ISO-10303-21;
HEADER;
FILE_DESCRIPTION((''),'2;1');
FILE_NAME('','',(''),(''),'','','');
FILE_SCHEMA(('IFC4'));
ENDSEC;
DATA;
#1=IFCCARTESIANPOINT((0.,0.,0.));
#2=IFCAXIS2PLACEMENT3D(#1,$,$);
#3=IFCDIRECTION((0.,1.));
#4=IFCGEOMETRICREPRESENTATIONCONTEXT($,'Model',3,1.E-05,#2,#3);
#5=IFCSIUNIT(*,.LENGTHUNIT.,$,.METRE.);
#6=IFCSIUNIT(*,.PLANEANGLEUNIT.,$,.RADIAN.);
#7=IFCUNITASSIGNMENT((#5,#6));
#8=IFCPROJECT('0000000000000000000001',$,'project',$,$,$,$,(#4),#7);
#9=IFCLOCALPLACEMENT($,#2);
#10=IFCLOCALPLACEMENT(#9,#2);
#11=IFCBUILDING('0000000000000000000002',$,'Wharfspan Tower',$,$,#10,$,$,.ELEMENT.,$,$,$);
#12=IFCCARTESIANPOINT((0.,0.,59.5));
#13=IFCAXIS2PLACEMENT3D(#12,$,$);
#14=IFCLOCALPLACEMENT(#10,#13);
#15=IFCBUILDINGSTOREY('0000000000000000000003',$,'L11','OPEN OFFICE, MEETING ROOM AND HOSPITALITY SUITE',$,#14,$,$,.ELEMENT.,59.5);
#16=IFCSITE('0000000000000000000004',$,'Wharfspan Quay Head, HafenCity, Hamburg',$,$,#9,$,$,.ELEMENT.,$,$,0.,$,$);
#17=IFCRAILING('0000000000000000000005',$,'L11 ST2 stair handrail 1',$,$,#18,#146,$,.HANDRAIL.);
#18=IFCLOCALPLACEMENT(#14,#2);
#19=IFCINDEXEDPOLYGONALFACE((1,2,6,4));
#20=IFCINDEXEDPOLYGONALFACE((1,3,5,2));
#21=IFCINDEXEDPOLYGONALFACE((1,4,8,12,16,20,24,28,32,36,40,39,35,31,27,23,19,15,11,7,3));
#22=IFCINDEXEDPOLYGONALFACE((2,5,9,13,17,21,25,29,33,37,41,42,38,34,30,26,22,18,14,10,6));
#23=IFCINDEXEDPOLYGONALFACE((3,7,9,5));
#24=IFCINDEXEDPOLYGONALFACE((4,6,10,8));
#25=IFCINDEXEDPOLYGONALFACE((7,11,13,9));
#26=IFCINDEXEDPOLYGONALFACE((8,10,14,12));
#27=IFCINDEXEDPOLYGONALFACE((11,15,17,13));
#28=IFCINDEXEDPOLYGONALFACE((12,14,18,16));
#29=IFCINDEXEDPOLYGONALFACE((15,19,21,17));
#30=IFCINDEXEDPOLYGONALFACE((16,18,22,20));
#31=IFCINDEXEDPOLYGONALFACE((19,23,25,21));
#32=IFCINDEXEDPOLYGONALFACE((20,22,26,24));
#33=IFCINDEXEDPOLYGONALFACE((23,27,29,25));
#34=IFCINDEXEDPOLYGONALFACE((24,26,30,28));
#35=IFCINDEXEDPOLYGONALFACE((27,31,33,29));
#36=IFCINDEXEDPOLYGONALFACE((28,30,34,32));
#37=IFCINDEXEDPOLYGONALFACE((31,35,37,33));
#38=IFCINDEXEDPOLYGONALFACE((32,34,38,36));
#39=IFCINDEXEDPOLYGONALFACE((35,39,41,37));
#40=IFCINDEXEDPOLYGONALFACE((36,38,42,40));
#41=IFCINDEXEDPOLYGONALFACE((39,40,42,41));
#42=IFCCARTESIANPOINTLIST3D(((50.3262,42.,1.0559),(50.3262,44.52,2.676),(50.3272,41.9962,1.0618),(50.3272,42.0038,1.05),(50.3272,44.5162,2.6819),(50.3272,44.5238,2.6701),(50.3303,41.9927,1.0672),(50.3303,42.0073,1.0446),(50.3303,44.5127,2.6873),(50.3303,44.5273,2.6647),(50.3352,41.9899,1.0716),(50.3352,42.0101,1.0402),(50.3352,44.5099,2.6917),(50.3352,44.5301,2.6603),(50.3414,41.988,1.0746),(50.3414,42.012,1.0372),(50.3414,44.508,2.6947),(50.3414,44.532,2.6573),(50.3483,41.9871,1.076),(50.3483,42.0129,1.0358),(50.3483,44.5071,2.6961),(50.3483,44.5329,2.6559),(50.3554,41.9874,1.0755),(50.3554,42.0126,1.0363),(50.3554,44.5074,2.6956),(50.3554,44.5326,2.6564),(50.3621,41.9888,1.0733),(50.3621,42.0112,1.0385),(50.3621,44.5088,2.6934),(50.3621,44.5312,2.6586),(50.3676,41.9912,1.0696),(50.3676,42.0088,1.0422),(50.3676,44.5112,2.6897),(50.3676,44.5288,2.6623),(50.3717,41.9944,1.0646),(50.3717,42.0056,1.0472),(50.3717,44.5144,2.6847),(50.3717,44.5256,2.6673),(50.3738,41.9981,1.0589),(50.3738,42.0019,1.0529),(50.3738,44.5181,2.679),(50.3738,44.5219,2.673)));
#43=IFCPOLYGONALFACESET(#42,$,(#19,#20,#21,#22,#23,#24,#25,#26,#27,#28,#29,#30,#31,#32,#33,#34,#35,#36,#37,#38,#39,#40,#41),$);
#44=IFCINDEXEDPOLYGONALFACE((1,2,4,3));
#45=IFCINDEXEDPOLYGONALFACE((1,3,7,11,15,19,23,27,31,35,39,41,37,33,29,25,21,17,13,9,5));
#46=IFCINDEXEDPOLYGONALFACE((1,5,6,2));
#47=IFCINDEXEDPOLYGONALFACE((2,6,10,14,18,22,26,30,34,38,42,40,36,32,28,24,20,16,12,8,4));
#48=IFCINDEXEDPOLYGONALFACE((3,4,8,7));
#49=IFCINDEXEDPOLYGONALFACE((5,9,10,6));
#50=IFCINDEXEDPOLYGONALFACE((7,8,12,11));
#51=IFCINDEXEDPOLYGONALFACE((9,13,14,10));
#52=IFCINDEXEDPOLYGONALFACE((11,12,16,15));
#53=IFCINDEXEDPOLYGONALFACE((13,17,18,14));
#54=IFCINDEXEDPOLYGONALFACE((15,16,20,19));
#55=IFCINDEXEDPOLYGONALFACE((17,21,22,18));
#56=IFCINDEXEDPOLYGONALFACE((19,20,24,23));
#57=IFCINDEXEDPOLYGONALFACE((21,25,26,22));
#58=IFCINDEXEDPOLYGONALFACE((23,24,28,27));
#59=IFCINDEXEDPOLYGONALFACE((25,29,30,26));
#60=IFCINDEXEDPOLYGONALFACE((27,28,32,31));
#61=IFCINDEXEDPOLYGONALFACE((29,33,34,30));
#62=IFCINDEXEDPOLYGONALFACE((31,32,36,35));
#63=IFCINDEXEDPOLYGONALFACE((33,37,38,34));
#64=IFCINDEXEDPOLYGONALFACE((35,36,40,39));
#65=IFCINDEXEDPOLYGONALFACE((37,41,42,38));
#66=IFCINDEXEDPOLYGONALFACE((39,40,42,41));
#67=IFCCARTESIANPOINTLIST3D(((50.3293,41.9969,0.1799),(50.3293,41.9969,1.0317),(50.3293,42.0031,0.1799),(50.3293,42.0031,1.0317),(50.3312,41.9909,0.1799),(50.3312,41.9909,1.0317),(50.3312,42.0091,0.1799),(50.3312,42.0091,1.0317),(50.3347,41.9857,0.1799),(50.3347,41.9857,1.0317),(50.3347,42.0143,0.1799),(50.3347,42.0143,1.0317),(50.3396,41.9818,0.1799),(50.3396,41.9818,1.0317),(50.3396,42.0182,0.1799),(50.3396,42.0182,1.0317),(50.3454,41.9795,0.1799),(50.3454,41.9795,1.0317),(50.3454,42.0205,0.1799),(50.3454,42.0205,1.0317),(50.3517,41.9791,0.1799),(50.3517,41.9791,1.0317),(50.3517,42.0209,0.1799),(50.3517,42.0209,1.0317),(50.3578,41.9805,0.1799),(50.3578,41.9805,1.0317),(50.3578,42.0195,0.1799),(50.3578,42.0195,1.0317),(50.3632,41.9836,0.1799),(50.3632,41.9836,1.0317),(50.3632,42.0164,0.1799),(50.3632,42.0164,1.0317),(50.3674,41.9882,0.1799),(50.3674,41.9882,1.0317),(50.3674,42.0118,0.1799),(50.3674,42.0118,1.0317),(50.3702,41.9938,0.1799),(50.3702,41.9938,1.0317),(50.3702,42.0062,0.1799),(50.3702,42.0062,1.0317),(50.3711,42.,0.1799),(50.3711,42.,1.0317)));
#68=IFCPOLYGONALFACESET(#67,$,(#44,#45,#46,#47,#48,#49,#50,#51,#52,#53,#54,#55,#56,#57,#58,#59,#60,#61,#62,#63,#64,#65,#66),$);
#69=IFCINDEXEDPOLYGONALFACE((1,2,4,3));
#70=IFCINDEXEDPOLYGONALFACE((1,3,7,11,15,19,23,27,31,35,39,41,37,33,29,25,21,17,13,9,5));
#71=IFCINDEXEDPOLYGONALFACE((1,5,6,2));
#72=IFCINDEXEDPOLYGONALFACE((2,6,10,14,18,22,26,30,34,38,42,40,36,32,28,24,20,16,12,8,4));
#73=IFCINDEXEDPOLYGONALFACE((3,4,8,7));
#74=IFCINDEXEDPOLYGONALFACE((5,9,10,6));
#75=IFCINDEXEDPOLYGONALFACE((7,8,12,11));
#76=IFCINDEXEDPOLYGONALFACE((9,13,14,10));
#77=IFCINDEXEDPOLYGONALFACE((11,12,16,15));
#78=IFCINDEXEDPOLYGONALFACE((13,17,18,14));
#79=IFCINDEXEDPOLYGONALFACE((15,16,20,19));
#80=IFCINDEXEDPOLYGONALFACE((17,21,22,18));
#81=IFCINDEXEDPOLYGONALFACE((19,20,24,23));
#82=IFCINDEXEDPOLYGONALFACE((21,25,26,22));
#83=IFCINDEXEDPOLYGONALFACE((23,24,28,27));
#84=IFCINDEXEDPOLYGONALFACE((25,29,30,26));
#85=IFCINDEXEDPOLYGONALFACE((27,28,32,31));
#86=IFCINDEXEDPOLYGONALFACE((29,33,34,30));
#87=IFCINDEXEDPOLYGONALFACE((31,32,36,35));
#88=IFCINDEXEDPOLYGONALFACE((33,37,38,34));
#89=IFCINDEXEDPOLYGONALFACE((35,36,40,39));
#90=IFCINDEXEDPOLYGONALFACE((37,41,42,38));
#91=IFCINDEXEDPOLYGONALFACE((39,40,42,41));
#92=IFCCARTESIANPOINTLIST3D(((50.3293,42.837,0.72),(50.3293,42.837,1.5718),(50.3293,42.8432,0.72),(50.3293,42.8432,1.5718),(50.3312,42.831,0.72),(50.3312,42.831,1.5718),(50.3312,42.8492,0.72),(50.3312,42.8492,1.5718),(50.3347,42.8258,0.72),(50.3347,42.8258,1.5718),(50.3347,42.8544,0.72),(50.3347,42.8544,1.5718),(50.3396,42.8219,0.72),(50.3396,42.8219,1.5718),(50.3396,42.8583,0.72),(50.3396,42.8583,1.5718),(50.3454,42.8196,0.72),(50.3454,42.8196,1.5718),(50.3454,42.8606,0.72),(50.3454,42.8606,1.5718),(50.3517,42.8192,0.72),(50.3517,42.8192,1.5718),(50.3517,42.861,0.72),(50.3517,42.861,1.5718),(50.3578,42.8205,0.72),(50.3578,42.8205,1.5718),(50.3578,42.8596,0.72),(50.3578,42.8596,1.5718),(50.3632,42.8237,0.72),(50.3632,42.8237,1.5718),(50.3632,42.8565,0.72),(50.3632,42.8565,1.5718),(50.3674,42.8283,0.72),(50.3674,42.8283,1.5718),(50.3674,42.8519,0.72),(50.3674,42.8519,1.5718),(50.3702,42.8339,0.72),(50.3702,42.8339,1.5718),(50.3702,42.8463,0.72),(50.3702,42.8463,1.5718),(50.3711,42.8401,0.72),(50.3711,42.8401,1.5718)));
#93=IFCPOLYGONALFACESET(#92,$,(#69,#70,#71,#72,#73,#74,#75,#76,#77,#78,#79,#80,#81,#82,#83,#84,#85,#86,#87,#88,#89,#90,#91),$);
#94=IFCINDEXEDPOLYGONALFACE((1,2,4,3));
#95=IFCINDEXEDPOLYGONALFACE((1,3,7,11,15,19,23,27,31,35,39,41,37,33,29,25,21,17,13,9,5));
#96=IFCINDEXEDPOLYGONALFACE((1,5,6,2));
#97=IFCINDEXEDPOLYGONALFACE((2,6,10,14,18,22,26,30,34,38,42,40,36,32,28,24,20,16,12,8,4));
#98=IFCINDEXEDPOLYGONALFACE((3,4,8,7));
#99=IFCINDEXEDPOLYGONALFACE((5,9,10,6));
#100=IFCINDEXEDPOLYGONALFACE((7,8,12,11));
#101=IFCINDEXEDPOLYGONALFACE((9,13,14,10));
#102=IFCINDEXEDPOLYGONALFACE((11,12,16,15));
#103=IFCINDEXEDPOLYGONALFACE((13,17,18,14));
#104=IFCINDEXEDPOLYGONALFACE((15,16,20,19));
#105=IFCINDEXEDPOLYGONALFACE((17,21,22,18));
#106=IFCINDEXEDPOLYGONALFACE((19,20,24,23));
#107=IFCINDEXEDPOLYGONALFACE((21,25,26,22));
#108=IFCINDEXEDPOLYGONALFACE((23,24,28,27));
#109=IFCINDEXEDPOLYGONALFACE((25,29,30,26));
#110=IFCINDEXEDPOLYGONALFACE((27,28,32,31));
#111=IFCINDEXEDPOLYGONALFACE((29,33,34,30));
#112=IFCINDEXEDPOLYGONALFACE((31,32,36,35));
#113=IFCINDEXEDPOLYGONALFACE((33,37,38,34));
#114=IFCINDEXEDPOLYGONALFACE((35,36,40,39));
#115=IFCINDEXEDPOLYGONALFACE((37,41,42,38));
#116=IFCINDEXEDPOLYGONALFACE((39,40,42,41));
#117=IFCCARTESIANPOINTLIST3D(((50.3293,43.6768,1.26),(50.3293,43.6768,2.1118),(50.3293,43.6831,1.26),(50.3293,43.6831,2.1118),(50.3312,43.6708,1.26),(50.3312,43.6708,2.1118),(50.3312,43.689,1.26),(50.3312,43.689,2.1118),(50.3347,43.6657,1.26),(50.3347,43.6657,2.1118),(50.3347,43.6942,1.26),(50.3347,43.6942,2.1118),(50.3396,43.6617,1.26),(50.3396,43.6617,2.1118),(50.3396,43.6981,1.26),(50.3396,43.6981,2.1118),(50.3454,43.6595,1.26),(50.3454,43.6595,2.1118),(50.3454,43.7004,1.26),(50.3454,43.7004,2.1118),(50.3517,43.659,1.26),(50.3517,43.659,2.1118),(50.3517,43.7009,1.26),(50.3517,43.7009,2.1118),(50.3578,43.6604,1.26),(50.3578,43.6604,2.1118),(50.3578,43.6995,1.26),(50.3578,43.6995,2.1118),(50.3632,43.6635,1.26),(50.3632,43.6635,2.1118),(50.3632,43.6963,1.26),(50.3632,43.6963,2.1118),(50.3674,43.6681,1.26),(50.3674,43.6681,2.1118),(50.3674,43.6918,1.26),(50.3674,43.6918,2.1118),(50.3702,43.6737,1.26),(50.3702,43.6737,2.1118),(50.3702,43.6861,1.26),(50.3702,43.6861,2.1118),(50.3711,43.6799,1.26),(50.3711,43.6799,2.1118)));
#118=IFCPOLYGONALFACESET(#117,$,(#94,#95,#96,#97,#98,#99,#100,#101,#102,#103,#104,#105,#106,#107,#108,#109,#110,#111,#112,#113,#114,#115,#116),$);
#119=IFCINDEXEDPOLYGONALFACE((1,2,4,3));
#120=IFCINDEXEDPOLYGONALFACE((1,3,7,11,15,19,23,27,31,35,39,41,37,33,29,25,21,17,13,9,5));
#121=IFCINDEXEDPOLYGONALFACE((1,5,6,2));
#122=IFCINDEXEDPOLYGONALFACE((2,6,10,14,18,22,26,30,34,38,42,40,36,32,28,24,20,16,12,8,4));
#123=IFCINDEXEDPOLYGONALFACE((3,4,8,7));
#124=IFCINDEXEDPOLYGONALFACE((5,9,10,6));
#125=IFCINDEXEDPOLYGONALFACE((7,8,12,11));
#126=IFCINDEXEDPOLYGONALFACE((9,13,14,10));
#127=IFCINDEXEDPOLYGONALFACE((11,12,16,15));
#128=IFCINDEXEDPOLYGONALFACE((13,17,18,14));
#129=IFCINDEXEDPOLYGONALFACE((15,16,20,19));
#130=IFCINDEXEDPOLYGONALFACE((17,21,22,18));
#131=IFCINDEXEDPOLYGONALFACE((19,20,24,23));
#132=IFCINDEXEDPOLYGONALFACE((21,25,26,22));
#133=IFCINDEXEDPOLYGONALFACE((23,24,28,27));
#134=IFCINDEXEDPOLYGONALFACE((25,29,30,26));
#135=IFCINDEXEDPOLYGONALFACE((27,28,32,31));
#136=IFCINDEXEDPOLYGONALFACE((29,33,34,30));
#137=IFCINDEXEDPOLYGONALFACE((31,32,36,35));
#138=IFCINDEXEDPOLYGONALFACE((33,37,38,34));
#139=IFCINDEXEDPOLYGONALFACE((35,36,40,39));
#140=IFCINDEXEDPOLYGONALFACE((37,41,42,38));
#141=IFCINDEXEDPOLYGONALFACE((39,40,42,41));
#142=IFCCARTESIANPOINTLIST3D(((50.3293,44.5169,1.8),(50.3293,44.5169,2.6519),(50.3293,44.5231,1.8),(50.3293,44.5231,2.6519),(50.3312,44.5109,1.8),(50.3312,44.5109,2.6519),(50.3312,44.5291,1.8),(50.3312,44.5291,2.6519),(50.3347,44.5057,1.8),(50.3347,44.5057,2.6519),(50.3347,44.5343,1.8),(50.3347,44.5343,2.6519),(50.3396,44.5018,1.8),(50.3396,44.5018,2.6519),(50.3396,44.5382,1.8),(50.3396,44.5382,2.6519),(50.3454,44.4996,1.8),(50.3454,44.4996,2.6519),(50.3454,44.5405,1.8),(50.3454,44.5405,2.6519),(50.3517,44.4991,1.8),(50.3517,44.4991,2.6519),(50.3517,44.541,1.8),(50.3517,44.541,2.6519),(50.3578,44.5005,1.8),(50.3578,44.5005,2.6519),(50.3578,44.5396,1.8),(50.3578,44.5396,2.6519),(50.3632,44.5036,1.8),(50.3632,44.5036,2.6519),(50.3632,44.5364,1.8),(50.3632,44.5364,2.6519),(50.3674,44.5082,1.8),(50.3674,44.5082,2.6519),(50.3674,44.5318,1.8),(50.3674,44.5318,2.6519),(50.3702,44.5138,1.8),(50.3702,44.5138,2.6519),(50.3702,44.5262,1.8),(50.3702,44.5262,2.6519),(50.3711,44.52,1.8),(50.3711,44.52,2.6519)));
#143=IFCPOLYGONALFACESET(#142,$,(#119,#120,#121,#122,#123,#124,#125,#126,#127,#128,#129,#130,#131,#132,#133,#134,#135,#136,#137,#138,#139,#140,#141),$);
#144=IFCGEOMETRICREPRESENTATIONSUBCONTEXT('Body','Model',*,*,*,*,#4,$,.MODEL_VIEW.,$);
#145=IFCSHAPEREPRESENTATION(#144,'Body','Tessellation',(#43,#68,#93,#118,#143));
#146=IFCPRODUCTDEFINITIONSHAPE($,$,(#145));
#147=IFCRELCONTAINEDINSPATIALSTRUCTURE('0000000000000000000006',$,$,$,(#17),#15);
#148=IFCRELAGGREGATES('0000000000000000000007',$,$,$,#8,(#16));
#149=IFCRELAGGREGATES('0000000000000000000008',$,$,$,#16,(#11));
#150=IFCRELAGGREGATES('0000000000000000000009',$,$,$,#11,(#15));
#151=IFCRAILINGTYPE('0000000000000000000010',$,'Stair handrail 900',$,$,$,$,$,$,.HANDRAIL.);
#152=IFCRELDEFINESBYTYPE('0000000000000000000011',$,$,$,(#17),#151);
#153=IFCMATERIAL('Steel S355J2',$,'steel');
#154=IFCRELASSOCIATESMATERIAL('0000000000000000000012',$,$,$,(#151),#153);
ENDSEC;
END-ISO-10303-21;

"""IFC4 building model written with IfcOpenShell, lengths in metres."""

from ifc_helpers import new_model, si_unit, direction, frame, origin, origin_2d, place, context, subcontext, project, spatial, circle, extrude, material, type_object, element, save


model = new_model("IFC4")

# Units and contexts
model_context = context("Model", 3, precision=1e-05, world=origin(), true_north=direction((0.0, 1.0)))
body_context = subcontext(model_context, "Body", "Model", "MODEL_VIEW")
ifc_project = project(units=[si_unit("LENGTHUNIT", "METRE"), si_unit("PLANEANGLEUNIT", "RADIAN")], contexts=[model_context])

# Site, building, storey
site_placement = place(None, origin())
site = spatial("IfcSite", under=ifc_project, at=site_placement, Name="Wharfspan Quay Head, HafenCity, Hamburg", CompositionType="ELEMENT", RefElevation=0.0)
building_placement = place(site_placement, origin())
building = spatial("IfcBuilding", under=site, at=building_placement, Name="Wharfspan Tower", CompositionType="ELEMENT")
storey_placement = place(building_placement, frame((0.0, 0.0, 59.5)))
storey = spatial("IfcBuildingStorey", under=building, at=storey_placement, Name="L11", Description="OPEN OFFICE, MEETING ROOM AND HOSPITALITY SUITE", CompositionType="ELEMENT", Elevation=59.5)

# Shared definitions
ifc_material_1 = material(Name="Steel S355J2", Category="steel")

# Railing
railing_type_1 = type_object("IfcRailingType", Name="Stair handrail 900", PredefinedType="HANDRAIL", material=ifc_material_1)
railing_1_placement = place(storey_placement, frame((50.3501, 42.0, 0.1799)))
element("IfcRailing", 1, at=railing_1_placement, inside=storey, type_object=railing_type_1, Name="L11 ST2 stair handrail 1", PredefinedType="HANDRAIL", context=body_context, shape_type="SweptSolid", body=[
    extrude(circle(Radius=0.0239, at=origin_2d()), frame((0.0, 0.0, 0.876), z_axis=(0.0, 0.841163, 0.540782), x_axis=(-1.0, 0.0, 0.0)), (0.0, 0.0, 1.0), 2.9958),
    extrude(circle(Radius=0.021, at=origin_2d()), origin(), (0.0, 0.0, 1.0), 0.8518),
    extrude(circle(Radius=0.021, at=origin_2d()), frame((0.0, 0.8401, 0.54)), (0.0, 0.0, 1.0), 0.8518),
    extrude(circle(Radius=0.021, at=origin_2d()), frame((0.0, 1.6799, 1.0801)), (0.0, 0.0, 1.0), 0.8518),
    extrude(circle(Radius=0.021, at=origin_2d()), frame((0.0, 2.52, 1.6201)), (0.0, 0.0, 1.0), 0.8518),
])

save(model, "model.ifc")
